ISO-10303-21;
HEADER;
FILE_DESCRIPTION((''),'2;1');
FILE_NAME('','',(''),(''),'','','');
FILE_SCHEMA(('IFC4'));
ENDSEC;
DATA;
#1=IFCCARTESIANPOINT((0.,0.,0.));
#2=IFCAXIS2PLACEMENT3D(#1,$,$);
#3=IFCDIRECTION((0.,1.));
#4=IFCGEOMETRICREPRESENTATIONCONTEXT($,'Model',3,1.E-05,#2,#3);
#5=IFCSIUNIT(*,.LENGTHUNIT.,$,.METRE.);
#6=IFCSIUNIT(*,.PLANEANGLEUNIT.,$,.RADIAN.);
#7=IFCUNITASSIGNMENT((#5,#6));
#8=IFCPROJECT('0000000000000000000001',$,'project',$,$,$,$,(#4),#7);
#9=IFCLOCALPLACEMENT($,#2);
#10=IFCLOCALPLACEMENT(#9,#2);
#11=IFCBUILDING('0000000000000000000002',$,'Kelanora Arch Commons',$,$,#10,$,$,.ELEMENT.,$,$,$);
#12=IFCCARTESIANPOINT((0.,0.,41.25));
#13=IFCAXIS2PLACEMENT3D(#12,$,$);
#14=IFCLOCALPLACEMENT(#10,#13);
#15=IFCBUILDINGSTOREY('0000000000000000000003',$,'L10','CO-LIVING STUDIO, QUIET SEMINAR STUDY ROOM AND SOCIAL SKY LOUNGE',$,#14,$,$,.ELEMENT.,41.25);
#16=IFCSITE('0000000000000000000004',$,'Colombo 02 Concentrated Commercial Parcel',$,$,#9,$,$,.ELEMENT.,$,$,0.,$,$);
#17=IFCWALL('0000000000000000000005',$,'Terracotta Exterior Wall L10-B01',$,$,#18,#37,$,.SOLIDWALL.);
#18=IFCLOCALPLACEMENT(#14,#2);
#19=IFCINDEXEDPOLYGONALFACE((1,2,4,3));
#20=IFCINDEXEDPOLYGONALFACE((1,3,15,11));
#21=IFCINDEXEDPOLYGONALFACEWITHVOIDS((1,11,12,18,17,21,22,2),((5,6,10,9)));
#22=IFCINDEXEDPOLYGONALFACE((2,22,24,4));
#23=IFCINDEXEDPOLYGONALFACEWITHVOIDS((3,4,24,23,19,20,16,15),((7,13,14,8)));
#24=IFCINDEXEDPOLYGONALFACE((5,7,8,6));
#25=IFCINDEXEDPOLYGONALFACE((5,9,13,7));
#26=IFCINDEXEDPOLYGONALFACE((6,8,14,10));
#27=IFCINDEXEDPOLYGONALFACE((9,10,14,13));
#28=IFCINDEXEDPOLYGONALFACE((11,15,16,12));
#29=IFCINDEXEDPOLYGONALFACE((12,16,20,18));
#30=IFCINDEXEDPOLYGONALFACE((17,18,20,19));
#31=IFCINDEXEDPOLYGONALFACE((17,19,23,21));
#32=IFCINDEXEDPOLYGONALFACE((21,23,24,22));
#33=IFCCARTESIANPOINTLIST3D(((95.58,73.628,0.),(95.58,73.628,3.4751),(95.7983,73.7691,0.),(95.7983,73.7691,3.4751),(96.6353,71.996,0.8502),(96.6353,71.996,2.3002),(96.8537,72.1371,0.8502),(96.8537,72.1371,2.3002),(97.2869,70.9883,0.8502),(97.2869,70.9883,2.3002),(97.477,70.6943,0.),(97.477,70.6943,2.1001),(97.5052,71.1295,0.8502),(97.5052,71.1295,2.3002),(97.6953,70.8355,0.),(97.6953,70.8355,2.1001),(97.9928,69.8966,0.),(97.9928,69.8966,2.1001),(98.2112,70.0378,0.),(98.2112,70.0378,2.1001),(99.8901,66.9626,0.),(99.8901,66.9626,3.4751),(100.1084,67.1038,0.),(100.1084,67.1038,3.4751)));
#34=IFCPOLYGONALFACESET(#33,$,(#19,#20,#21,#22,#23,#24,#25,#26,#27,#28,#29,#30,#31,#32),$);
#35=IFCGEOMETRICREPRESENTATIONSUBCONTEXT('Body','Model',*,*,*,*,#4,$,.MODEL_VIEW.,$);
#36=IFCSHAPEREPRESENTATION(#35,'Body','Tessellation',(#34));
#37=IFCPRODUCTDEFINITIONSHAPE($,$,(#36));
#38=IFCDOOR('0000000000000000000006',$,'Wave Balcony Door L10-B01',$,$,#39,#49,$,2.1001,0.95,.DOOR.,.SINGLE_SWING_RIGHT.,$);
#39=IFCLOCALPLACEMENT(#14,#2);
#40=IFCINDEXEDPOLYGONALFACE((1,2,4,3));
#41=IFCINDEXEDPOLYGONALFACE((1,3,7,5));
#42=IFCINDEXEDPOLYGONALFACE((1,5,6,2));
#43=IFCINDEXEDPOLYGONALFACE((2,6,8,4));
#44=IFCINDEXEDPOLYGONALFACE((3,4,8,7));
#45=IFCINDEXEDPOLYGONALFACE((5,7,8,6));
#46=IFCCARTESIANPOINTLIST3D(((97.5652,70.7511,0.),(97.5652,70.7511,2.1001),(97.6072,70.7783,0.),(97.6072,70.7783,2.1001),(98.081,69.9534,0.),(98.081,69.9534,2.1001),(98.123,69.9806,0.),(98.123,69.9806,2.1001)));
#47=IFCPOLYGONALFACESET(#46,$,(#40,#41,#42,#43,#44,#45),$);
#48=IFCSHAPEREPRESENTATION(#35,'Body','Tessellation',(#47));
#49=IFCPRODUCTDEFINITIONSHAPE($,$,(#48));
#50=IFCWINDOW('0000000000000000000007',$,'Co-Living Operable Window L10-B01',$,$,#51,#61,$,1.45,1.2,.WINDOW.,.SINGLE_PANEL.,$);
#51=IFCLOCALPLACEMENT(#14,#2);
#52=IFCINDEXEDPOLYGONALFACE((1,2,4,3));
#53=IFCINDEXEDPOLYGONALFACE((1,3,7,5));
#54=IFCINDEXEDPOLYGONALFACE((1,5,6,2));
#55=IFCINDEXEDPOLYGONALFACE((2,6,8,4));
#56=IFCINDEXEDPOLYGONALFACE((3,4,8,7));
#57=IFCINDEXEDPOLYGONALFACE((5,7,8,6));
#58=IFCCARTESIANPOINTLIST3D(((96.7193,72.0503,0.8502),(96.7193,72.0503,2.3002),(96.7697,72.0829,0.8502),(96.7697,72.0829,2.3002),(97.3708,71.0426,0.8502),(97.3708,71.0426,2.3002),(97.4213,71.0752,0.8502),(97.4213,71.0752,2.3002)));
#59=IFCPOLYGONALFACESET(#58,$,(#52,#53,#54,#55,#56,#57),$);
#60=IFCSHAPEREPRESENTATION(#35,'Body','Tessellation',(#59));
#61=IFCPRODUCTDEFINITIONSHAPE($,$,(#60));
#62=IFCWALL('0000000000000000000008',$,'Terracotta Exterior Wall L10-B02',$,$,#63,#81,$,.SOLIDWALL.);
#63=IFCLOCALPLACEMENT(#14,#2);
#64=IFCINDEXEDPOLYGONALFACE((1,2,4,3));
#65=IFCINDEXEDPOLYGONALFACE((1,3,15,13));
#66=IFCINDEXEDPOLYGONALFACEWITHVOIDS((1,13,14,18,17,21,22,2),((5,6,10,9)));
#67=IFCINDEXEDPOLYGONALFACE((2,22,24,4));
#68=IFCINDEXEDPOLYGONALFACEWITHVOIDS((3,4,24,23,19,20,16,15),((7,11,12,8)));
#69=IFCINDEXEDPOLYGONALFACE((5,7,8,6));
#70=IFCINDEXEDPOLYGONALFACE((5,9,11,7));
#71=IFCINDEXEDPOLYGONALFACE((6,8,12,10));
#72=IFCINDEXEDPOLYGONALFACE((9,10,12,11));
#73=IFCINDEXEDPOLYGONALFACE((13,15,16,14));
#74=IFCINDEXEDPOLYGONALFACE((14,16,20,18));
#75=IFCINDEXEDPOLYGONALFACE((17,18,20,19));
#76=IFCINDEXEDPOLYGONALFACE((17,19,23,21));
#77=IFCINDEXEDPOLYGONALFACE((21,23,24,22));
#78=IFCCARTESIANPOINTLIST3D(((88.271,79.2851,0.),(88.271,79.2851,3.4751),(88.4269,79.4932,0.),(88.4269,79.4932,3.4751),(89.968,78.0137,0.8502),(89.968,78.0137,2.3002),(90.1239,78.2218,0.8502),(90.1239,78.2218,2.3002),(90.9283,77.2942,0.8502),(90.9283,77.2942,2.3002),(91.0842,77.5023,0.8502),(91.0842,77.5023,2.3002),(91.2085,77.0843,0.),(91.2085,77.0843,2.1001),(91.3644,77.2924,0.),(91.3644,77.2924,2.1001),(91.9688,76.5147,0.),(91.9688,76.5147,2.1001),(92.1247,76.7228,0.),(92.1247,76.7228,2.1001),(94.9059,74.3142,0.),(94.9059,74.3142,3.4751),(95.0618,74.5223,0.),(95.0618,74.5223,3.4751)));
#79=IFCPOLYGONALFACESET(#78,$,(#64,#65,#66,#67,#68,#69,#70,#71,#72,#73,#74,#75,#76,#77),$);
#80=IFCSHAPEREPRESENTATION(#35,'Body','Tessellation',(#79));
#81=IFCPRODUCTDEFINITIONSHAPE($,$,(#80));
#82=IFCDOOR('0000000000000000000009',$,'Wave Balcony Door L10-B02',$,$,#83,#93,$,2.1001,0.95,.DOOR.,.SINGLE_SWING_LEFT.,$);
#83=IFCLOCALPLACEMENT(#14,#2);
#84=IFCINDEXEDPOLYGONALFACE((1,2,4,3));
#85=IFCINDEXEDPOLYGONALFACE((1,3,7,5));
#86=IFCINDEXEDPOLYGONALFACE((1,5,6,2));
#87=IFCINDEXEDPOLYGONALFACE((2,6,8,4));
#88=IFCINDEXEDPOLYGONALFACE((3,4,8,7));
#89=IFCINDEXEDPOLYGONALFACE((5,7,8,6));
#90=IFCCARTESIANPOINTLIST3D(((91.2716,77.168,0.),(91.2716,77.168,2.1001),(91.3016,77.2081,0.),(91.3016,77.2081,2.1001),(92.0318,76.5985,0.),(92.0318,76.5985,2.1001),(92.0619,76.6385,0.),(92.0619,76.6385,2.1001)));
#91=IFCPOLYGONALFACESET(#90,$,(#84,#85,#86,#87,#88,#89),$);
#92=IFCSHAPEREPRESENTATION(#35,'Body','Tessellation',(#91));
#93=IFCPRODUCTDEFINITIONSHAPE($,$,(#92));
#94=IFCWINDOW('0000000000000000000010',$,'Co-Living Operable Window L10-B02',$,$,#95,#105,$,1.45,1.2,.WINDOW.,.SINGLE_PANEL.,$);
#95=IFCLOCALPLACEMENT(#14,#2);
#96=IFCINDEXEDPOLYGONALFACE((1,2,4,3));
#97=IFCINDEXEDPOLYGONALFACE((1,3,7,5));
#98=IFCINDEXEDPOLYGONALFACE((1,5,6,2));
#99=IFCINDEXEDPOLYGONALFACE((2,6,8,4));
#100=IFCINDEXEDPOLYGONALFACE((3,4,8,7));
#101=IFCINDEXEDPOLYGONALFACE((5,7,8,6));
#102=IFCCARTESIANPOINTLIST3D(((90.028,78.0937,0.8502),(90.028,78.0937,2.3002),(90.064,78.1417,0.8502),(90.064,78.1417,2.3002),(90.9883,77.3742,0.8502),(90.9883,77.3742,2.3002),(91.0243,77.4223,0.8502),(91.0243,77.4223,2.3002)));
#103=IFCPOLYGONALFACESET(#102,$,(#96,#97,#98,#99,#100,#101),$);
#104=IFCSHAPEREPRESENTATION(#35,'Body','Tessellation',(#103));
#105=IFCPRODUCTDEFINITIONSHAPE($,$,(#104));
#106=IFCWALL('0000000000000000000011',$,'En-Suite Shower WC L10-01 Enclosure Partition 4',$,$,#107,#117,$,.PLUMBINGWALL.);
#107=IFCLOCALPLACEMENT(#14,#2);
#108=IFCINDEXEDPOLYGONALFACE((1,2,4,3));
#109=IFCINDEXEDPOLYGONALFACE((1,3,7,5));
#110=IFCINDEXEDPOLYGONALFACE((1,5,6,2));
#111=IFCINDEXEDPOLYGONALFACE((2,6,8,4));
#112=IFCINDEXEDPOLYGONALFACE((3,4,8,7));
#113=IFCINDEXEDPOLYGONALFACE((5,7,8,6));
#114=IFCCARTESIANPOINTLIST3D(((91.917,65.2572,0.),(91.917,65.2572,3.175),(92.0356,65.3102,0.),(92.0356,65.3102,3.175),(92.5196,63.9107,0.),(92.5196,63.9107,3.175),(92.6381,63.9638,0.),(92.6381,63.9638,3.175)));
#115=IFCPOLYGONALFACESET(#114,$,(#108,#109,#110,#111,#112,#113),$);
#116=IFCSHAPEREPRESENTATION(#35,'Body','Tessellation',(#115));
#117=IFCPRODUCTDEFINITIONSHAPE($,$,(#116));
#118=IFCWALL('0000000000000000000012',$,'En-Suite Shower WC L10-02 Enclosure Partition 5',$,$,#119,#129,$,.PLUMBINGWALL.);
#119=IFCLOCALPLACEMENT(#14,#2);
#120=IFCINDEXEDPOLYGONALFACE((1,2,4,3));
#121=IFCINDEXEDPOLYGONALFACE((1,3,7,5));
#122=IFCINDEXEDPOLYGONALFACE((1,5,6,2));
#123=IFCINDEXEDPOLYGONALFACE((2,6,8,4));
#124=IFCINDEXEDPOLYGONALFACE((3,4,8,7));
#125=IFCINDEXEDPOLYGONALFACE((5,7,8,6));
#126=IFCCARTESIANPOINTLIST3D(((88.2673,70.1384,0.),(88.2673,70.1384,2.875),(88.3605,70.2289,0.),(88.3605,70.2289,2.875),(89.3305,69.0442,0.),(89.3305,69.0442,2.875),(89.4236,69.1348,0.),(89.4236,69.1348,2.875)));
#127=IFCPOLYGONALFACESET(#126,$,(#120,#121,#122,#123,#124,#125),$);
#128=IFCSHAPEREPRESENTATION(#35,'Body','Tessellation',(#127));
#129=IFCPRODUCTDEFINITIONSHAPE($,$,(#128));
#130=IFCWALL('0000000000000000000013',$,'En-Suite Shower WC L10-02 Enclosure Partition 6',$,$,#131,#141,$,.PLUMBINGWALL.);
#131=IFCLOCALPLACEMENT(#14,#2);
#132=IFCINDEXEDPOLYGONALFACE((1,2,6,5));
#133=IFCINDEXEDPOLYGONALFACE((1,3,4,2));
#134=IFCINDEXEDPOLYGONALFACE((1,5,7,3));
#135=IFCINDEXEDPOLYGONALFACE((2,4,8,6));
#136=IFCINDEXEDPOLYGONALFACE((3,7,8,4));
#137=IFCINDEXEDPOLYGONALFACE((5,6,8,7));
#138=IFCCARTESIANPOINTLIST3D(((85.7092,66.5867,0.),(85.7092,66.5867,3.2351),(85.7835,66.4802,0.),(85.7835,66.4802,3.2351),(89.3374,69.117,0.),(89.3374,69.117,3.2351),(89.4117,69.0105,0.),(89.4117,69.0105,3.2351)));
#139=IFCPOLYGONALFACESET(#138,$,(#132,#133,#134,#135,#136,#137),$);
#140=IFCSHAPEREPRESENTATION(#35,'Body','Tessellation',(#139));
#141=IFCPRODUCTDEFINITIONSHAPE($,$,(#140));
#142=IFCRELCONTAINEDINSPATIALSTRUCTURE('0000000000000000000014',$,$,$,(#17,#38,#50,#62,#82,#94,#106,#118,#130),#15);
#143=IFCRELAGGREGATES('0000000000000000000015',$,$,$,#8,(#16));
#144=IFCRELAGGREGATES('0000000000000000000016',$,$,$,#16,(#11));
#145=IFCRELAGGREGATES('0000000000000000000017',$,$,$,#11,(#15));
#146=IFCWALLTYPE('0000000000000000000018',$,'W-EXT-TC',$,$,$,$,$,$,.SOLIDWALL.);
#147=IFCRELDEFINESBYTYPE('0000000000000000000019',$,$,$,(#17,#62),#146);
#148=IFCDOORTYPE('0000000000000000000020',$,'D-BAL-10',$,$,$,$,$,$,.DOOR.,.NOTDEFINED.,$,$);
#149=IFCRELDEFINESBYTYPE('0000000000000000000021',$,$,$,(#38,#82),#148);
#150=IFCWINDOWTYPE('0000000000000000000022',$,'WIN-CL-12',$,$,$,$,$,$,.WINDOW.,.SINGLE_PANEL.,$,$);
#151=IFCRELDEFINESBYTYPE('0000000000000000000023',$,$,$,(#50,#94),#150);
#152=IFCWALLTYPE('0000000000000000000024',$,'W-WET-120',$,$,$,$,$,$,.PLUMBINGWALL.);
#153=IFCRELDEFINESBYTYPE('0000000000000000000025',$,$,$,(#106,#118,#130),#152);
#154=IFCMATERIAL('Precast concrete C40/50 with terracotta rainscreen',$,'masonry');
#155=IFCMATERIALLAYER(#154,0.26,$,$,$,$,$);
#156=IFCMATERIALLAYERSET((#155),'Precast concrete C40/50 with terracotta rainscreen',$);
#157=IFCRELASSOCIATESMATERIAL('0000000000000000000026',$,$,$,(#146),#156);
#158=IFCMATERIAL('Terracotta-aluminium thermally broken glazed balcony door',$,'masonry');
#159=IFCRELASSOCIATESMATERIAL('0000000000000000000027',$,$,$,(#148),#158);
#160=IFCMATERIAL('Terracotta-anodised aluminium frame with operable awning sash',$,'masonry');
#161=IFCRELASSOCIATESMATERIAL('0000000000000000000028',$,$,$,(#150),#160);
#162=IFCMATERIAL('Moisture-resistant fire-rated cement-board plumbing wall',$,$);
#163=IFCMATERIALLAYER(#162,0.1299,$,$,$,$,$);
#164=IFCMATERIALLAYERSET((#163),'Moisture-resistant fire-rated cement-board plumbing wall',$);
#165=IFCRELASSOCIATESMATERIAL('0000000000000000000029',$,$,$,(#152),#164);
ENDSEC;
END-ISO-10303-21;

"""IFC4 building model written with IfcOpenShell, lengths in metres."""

from ifc_helpers import new_model, si_unit, direction, frame, frame_2d, origin, place, context, subcontext, project, spatial, rectangle, extrude, material, layer, layer_set, type_object, element, fill, save


model = new_model("IFC4")

# Units and contexts
model_context = context("Model", 3, precision=1e-05, world=origin(), true_north=direction((0.0, 1.0)))
body_context = subcontext(model_context, "Body", "Model", "MODEL_VIEW")
ifc_project = project(units=[si_unit("LENGTHUNIT", "METRE"), si_unit("PLANEANGLEUNIT", "RADIAN")], contexts=[model_context])

# Site, building, storey
site_placement = place(None, origin())
site = spatial("IfcSite", under=ifc_project, at=site_placement, Name="Colombo 02 Concentrated Commercial Parcel", CompositionType="ELEMENT", RefElevation=0.0)
building_placement = place(site_placement, origin())
building = spatial("IfcBuilding", under=site, at=building_placement, Name="Kelanora Arch Commons", CompositionType="ELEMENT")
storey_placement = place(building_placement, frame((0.0, 0.0, 41.25)))
storey = spatial("IfcBuildingStorey", under=building, at=storey_placement, Name="L10", Description="CO-LIVING STUDIO, QUIET SEMINAR STUDY ROOM AND SOCIAL SKY LOUNGE", CompositionType="ELEMENT", Elevation=41.25)

# Walls, openings, doors, windows
ifc_material_1 = material(Name="Precast concrete C40/50 with terracotta rainscreen", Category="masonry")
ifc_layer_1 = layer(ifc_material_1, 0.26)
ifc_layer_set_1 = layer_set([ifc_layer_1], Name="Precast concrete C40/50 with terracotta rainscreen")
wall_type_1 = type_object("IfcWallType", Name="W-EXT-TC", PredefinedType="SOLIDWALL", material=ifc_layer_set_1)
wall_1_placement = place(storey_placement, frame((99.9993, 67.0332, 0.0), z_axis=(0.0, 0.0, 1.0), x_axis=(-0.543005, 0.839729, 0.0)))
wall_1 = element("IfcWall", 1, at=wall_1_placement, inside=storey, type_object=wall_type_1, Name="Terracotta Exterior Wall L10-B01", PredefinedType="SOLIDWALL", context=body_context, shape_type="SweptSolid", body=[
    extrude(rectangle(XDim=7.9375, YDim=0.26, at=frame_2d((3.9688, 0.0))), origin(), (0.0, 0.0, 1.0), 3.4751),
])
opening_1_placement = place(wall_1_placement, frame((3.4939, 0.0, 0.0)))
opening_1 = element("IfcOpeningElement", 2, at=opening_1_placement, cuts=wall_1, PredefinedType="OPENING", context=body_context, shape_type="SweptSolid", body=[
    extrude(rectangle(XDim=0.95, YDim=2.1001, at=frame_2d((0.4751, 1.05))), frame((0.0, 0.1401, 0.0), z_axis=(0.0, -1.0, 0.0), x_axis=(1.0, 0.0, 0.0)), (0.0, 0.0, 1.0), 0.28),
])
opening_2_placement = place(wall_1_placement, frame((4.7939, 0.0, 0.8501)))
opening_2 = element("IfcOpeningElement", 3, at=opening_2_placement, cuts=wall_1, PredefinedType="OPENING", context=body_context, shape_type="SweptSolid", body=[
    extrude(rectangle(XDim=1.2, YDim=1.45, at=frame_2d((0.6001, 0.7251))), frame((0.0, 0.1401, 0.0), z_axis=(0.0, -1.0, 0.0), x_axis=(1.0, 0.0, 0.0)), (0.0, 0.0, 1.0), 0.28),
])
ifc_material_2 = material(Name="Terracotta-aluminium thermally broken glazed balcony door", Category="masonry")
door_type = type_object("IfcDoorType", Name="D-BAL-10", OperationType="NOTDEFINED", PredefinedType="DOOR", material=ifc_material_2)
door_1_placement = place(opening_1_placement, frame((0.95, 0.0, 0.0), z_axis=(0.0, 0.0, 1.0), x_axis=(-1.0, 0.0, 0.0)))
door_1 = element("IfcDoor", 4, at=door_1_placement, inside=storey, type_object=door_type, Name="Wave Balcony Door L10-B01", OperationType="SINGLE_SWING_RIGHT", OverallHeight=2.1001, OverallWidth=0.95, PredefinedType="DOOR", context=body_context, shape_type="SweptSolid", body=[
    extrude(rectangle(XDim=0.95, YDim=2.1001, at=frame_2d((0.4751, 1.05))), frame((0.0, 0.0249, 0.0), z_axis=(0.0, -1.0, 0.0), x_axis=(1.0, 0.0, 0.0)), (0.0, 0.0, 1.0), 0.05),
])
fill(opening_1, door_1)
ifc_material_3 = material(Name="Terracotta-anodised aluminium frame with operable awning sash", Category="masonry")
window_type = type_object("IfcWindowType", Name="WIN-CL-12", PartitioningType="SINGLE_PANEL", PredefinedType="WINDOW", material=ifc_material_3)
window_1_placement = place(opening_2_placement, origin())
window_1 = element("IfcWindow", 5, at=window_1_placement, inside=storey, type_object=window_type, Name="Co-Living Operable Window L10-B01", OverallHeight=1.45, OverallWidth=1.2, PartitioningType="SINGLE_PANEL", PredefinedType="WINDOW", context=body_context, shape_type="SweptSolid", body=[
    extrude(rectangle(XDim=1.2, YDim=1.45, at=frame_2d((0.6001, 0.7251))), frame((0.0, 0.03, 0.0), z_axis=(0.0, -1.0, 0.0), x_axis=(1.0, 0.0, 0.0)), (0.0, 0.0, 1.0), 0.0601),
])
fill(opening_2, window_1)
wall_2_placement = place(storey_placement, frame((94.9839, 74.4182, 0.0), z_axis=(0.0, 0.0, 1.0), x_axis=(-0.800307, 0.59959, 0.0)))
wall_2 = element("IfcWall", 6, at=wall_2_placement, inside=storey, type_object=wall_type_1, Name="Terracotta Exterior Wall L10-B02", PredefinedType="SOLIDWALL", context=body_context, shape_type="SweptSolid", body=[
    extrude(rectangle(XDim=8.2905, YDim=0.26, at=frame_2d((4.1453, 0.0))), origin(), (0.0, 0.0, 1.0), 3.4751),
])
opening_3_placement = place(wall_2_placement, frame((3.6699, 0.0, 0.0)))
opening_3 = element("IfcOpeningElement", 7, at=opening_3_placement, cuts=wall_2, PredefinedType="OPENING", context=body_context, shape_type="SweptSolid", body=[
    extrude(rectangle(XDim=0.95, YDim=2.1001, at=frame_2d((0.4751, 1.05))), frame((0.0, 0.1401, 0.0), z_axis=(0.0, -1.0, 0.0), x_axis=(1.0, 0.0, 0.0)), (0.0, 0.0, 1.0), 0.28),
])
opening_4_placement = place(wall_2_placement, frame((4.97, 0.0, 0.8501)))
opening_4 = element("IfcOpeningElement", 8, at=opening_4_placement, cuts=wall_2, PredefinedType="OPENING", context=body_context, shape_type="SweptSolid", body=[
    extrude(rectangle(XDim=1.2, YDim=1.45, at=frame_2d((0.6001, 0.7251))), frame((0.0, 0.1401, 0.0), z_axis=(0.0, -1.0, 0.0), x_axis=(1.0, 0.0, 0.0)), (0.0, 0.0, 1.0), 0.28),
])
door_2_placement = place(opening_3_placement, frame((0.95, 0.0, 0.0), z_axis=(0.0, 0.0, 1.0), x_axis=(-1.0, 0.0, 0.0)))
door_2 = element("IfcDoor", 9, at=door_2_placement, inside=storey, type_object=door_type, Name="Wave Balcony Door L10-B02", OperationType="SINGLE_SWING_LEFT", OverallHeight=2.1001, OverallWidth=0.95, PredefinedType="DOOR", context=body_context, shape_type="SweptSolid", body=[
    extrude(rectangle(XDim=0.95, YDim=2.1001, at=frame_2d((0.4751, 1.05))), frame((0.0, 0.0249, 0.0), z_axis=(0.0, -1.0, 0.0), x_axis=(1.0, 0.0, 0.0)), (0.0, 0.0, 1.0), 0.05),
])
fill(opening_3, door_2)
window_2_placement = place(opening_4_placement, origin())
window_2 = element("IfcWindow", 10, at=window_2_placement, inside=storey, type_object=window_type, Name="Co-Living Operable Window L10-B02", OverallHeight=1.45, OverallWidth=1.2, PartitioningType="SINGLE_PANEL", PredefinedType="WINDOW", context=body_context, shape_type="SweptSolid", body=[
    extrude(rectangle(XDim=1.2, YDim=1.45, at=frame_2d((0.6001, 0.7251))), frame((0.0, 0.03, 0.0), z_axis=(0.0, -1.0, 0.0), x_axis=(1.0, 0.0, 0.0)), (0.0, 0.0, 1.0), 0.0601),
])
fill(opening_4, window_2)

# Walls
ifc_material_4 = material(Name="Moisture-resistant fire-rated cement-board plumbing wall")
ifc_layer_2 = layer(ifc_material_4, 0.1299)
ifc_layer_set_2 = layer_set([ifc_layer_2], Name="Moisture-resistant fire-rated cement-board plumbing wall")
wall_type_2 = type_object("IfcWallType", Name="W-WET-120", PredefinedType="PLUMBINGWALL", material=ifc_layer_set_2)
wall_3_placement = place(storey_placement, frame((91.9763, 65.2837, 0.0), z_axis=(0.0, 0.0, 1.0), x_axis=(0.408471, -0.912771, 0.0)))
element("IfcWall", 11, at=wall_3_placement, inside=storey, type_object=wall_type_2, Name="En-Suite Shower WC L10-01 Enclosure Partition 4", PredefinedType="PLUMBINGWALL", context=body_context, shape_type="SweptSolid", body=[
    extrude(rectangle(XDim=1.4751, YDim=0.1299, at=frame_2d((0.7375, 0.0))), origin(), (0.0, 0.0, 1.0), 3.175),
])
wall_4_placement = place(storey_placement, frame((88.314, 70.1836, 0.0), z_axis=(0.0, 0.0, 1.0), x_axis=(0.696873, -0.717195, 0.0)))
element("IfcWall", 12, at=wall_4_placement, inside=storey, type_object=wall_type_2, Name="En-Suite Shower WC L10-02 Enclosure Partition 5", PredefinedType="PLUMBINGWALL", context=body_context, shape_type="SweptSolid", body=[
    extrude(rectangle(XDim=1.5256, YDim=0.1299, at=frame_2d((0.7627, 0.0))), origin(), (0.0, 0.0, 1.0), 2.875),
])
wall_5_placement = place(storey_placement, frame((89.3745, 69.0637, 0.0), z_axis=(0.0, 0.0, 1.0), x_axis=(-0.820234, -0.572028, 0.0)))
element("IfcWall", 13, at=wall_5_placement, inside=storey, type_object=wall_type_2, Name="En-Suite Shower WC L10-02 Enclosure Partition 6", PredefinedType="PLUMBINGWALL", context=body_context, shape_type="SweptSolid", body=[
    extrude(rectangle(XDim=4.4233, YDim=0.1299, at=frame_2d((2.2117, 0.0))), origin(), (0.0, 0.0, 1.0), 3.2351),
])

save(model, "model.ifc")
